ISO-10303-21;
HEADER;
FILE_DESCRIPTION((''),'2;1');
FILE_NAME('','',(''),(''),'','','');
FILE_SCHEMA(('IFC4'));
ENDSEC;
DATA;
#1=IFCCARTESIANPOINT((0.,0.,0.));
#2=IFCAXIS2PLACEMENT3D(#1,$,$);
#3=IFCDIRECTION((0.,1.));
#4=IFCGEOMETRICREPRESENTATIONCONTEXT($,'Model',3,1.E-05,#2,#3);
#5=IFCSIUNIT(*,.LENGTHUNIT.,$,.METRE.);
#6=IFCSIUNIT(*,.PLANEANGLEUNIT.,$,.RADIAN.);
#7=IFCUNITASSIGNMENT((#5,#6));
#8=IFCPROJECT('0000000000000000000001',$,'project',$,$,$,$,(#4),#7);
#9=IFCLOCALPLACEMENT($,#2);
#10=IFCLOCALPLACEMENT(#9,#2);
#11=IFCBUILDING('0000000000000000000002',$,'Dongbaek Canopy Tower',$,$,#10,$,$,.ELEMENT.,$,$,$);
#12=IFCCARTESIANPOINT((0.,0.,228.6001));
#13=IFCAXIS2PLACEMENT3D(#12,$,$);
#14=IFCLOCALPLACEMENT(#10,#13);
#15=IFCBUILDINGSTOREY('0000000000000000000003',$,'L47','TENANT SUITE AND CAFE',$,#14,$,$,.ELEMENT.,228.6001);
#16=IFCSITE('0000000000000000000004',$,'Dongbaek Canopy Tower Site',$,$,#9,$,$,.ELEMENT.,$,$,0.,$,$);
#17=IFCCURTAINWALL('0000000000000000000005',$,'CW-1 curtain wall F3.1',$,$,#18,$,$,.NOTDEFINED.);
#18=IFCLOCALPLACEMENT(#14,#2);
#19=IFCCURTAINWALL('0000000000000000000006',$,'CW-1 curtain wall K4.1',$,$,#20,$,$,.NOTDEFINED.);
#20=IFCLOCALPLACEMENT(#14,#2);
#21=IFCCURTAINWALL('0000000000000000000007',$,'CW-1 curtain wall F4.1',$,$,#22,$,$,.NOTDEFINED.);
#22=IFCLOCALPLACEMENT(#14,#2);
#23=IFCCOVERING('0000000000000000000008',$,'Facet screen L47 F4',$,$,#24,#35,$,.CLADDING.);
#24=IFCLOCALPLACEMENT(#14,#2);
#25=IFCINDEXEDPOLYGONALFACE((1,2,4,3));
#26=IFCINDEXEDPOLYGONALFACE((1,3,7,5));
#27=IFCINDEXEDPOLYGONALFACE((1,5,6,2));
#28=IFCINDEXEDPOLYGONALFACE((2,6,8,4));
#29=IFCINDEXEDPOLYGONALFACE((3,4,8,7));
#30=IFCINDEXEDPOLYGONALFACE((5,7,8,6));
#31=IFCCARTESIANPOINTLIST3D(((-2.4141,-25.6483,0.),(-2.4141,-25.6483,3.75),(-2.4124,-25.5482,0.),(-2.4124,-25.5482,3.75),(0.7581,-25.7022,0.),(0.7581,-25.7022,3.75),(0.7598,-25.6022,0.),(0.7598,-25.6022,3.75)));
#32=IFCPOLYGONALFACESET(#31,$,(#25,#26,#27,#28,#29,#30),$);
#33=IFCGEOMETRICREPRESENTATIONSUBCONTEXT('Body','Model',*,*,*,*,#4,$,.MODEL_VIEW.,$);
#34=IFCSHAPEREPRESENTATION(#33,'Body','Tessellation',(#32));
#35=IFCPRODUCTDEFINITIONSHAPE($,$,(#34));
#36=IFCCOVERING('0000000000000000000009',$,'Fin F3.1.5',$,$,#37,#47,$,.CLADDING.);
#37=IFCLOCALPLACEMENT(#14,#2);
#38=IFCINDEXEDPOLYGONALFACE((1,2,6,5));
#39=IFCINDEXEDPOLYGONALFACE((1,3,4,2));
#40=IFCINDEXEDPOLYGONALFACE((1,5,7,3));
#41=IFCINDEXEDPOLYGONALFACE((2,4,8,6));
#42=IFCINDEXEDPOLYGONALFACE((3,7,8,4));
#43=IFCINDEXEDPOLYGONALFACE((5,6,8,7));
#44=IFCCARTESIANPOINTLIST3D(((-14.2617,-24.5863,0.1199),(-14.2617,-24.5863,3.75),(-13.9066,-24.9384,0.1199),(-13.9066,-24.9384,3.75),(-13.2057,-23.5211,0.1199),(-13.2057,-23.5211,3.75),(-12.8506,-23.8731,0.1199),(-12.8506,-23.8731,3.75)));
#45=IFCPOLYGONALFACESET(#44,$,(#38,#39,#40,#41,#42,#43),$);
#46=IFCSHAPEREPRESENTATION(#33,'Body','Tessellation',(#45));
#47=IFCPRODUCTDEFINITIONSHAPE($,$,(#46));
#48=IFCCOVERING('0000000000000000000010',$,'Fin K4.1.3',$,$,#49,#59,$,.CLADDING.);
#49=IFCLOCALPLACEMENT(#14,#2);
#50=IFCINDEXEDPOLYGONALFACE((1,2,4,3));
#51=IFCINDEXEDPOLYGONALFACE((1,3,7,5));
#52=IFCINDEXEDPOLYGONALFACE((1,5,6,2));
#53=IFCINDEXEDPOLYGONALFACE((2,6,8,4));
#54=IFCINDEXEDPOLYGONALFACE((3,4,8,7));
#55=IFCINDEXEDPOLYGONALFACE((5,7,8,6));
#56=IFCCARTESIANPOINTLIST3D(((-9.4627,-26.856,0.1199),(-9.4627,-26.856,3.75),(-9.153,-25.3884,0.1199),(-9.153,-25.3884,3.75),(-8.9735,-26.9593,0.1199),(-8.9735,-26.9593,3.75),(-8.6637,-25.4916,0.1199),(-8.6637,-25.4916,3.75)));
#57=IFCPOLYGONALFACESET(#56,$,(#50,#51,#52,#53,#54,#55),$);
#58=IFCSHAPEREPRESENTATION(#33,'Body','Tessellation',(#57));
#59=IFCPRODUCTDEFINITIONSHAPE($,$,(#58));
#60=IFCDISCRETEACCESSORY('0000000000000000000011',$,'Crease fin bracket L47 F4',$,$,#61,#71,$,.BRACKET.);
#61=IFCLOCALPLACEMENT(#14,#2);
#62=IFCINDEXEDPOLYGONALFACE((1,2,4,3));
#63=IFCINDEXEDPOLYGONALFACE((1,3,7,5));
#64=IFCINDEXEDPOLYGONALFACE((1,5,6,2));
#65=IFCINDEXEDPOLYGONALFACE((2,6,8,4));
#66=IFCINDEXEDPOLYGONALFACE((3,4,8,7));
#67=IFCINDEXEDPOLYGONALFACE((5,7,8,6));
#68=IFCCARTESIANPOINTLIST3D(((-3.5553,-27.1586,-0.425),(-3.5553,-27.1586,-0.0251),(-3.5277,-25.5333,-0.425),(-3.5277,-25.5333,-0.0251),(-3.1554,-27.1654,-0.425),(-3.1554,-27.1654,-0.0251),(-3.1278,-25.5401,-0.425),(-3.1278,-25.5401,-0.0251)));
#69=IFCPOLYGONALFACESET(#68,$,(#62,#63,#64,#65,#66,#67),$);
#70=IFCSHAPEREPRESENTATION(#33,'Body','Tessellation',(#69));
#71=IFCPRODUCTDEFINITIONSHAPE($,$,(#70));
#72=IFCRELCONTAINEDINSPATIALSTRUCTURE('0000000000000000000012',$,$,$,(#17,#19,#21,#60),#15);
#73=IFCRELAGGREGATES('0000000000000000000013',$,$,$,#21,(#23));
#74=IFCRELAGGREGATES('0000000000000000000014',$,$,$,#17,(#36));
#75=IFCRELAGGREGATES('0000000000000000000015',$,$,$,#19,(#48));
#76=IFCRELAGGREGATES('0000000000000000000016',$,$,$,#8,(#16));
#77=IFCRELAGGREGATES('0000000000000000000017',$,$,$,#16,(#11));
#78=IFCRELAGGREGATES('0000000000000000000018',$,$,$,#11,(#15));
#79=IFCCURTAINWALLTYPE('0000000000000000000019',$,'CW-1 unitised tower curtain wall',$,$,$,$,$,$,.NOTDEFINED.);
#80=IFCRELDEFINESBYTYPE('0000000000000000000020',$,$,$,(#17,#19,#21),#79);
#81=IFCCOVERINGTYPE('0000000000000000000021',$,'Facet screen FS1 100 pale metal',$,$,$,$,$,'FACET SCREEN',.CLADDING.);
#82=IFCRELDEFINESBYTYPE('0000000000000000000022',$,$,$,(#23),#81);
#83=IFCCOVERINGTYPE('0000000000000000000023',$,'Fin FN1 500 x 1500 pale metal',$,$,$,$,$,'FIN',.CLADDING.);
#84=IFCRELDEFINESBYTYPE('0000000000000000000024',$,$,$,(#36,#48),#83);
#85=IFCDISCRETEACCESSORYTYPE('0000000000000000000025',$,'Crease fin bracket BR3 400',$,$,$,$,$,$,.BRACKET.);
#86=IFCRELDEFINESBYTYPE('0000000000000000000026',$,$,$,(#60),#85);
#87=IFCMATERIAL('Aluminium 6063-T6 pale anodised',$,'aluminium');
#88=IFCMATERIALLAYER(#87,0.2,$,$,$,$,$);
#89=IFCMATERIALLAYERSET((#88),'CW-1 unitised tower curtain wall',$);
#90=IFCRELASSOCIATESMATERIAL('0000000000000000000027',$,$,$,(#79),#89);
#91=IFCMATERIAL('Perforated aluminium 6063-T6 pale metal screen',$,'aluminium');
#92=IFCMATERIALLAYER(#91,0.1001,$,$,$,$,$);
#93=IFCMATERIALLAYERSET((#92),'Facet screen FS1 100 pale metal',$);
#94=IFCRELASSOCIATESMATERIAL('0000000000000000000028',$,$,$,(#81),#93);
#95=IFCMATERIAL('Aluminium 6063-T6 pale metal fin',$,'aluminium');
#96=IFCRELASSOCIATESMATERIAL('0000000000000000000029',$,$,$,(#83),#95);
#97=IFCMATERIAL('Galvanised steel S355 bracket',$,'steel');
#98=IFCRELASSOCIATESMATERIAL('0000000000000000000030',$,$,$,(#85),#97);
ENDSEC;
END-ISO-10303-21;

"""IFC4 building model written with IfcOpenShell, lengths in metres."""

from ifc_helpers import new_model, si_unit, direction, frame, origin, origin_2d, place, context, subcontext, project, spatial, rectangle, extrude, material, layer, layer_set, material_profile, profile_set, type_object, element, aggregate, save


model = new_model("IFC4")

# Units and contexts
model_context = context("Model", 3, precision=1e-05, world=origin(), true_north=direction((0.0, 1.0)))
body_context = subcontext(model_context, "Body", "Model", "MODEL_VIEW")
ifc_project = project(units=[si_unit("LENGTHUNIT", "METRE"), si_unit("PLANEANGLEUNIT", "RADIAN")], contexts=[model_context])

# Site, building, storey
site_placement = place(None, origin())
site = spatial("IfcSite", under=ifc_project, at=site_placement, Name="Dongbaek Canopy Tower Site", CompositionType="ELEMENT", RefElevation=0.0)
building_placement = place(site_placement, origin())
building = spatial("IfcBuilding", under=site, at=building_placement, Name="Dongbaek Canopy Tower", CompositionType="ELEMENT")
storey_placement = place(building_placement, frame((0.0, 0.0, 228.6001)))
storey = spatial("IfcBuildingStorey", under=building, at=storey_placement, Name="L47", Description="TENANT SUITE AND CAFE", CompositionType="ELEMENT", Elevation=228.6001)

# Curtain wall
ifc_material_1 = material(Name="Aluminium 6063-T6 pale anodised", Category="aluminium")
ifc_layer_1 = layer(ifc_material_1, 0.2)
ifc_layer_set_1 = layer_set([ifc_layer_1], Name="CW-1 unitised tower curtain wall")
curtain_wall_type = type_object("IfcCurtainWallType", Name="CW-1 unitised tower curtain wall", PredefinedType="NOTDEFINED", material=ifc_layer_set_1)
curtain_wall_1_placement = place(storey_placement, origin())
curtain_wall_1 = element("IfcCurtainWall", 1, at=curtain_wall_1_placement, inside=storey, type_object=curtain_wall_type, Name="CW-1 curtain wall F3.1", PredefinedType="NOTDEFINED")

# Curtain walls
curtain_wall_2_placement = place(storey_placement, origin())
curtain_wall_2 = element("IfcCurtainWall", 2, at=curtain_wall_2_placement, inside=storey, type_object=curtain_wall_type, Name="CW-1 curtain wall K4.1", PredefinedType="NOTDEFINED")
curtain_wall_3_placement = place(storey_placement, origin())
curtain_wall_3 = element("IfcCurtainWall", 3, at=curtain_wall_3_placement, inside=storey, type_object=curtain_wall_type, Name="CW-1 curtain wall F4.1", PredefinedType="NOTDEFINED")

# Coverings
ifc_material_2 = material(Name="Perforated aluminium 6063-T6 pale metal screen", Category="aluminium")
ifc_layer_2 = layer(ifc_material_2, 0.1001)
ifc_layer_set_2 = layer_set([ifc_layer_2], Name="Facet screen FS1 100 pale metal")
covering_type_1 = type_object("IfcCoveringType", Name="Facet screen FS1 100 pale metal", ElementType="FACET SCREEN", PredefinedType="CLADDING", material=ifc_layer_set_2)
covering_1_placement = place(storey_placement, frame((-0.8271, -25.6252, 0.0), z_axis=(0.0, 0.0, 1.0), x_axis=(0.999856, -0.016993, 0.0)))
covering_1 = element("IfcCovering", 4, at=covering_1_placement, type_object=covering_type_1, Name="Facet screen L47 F4", PredefinedType="CLADDING", context=body_context, shape_type="SweptSolid", body=[
    extrude(rectangle(XDim=3.1726, YDim=0.1001, at=origin_2d()), origin(), (0.0, 0.0, 1.0), 3.75),
])
aggregate(curtain_wall_3, [covering_1])
ifc_material_3 = material(Name="Aluminium 6063-T6 pale metal fin", Category="aluminium")
ifc_material_profile_1 = material_profile(ifc_material_3, rectangle(XDim=1.5, YDim=0.5, at=origin_2d()), Name="Fin FN1 500 x 1500 pale metal")
ifc_profile_set_1 = profile_set([ifc_material_profile_1], Name="Aluminium 6063-T6 pale metal fin")
covering_type_2 = type_object("IfcCoveringType", Name="Fin FN1 500 x 1500 pale metal", ElementType="FIN", PredefinedType="CLADDING", material=ifc_profile_set_1)
covering_2_placement = place(storey_placement, frame((-13.5562, -24.2297, 0.1199), z_axis=(0.0, 0.0, 1.0), x_axis=(-0.704038, -0.710162, 0.0)))
covering_2 = element("IfcCovering", 5, at=covering_2_placement, type_object=covering_type_2, Name="Fin F3.1.5", PredefinedType="CLADDING", context=body_context, shape_type="SweptSolid", body=[
    extrude(rectangle(XDim=1.5, YDim=0.5, at=origin_2d()), origin(), (0.0, 0.0, 1.0), 3.6301),
])
aggregate(curtain_wall_1, [covering_2])
covering_3_placement = place(storey_placement, frame((-9.0632, -26.1738, 0.1199), z_axis=(0.0, 0.0, 1.0), x_axis=(-0.206516, -0.978443, 0.0)))
covering_3 = element("IfcCovering", 6, at=covering_3_placement, type_object=covering_type_2, Name="Fin K4.1.3", PredefinedType="CLADDING", context=body_context, shape_type="SweptSolid", body=[
    extrude(rectangle(XDim=1.5, YDim=0.5, at=origin_2d()), origin(), (0.0, 0.0, 1.0), 3.6301),
])
aggregate(curtain_wall_2, [covering_3])

# Discrete accessory
ifc_material_4 = material(Name="Galvanised steel S355 bracket", Category="steel")
discrete_accessory_type = type_object("IfcDiscreteAccessoryType", Name="Crease fin bracket BR3 400", PredefinedType="BRACKET", material=ifc_material_4)
discrete_accessory_placement = place(storey_placement, frame((-3.3416, -26.3494, -0.425), z_axis=(0.0, 0.0, 1.0), x_axis=(-0.016993, -0.999856, 0.0)))
element("IfcDiscreteAccessory", 7, at=discrete_accessory_placement, inside=storey, type_object=discrete_accessory_type, Name="Crease fin bracket L47 F4", PredefinedType="BRACKET", context=body_context, shape_type="SweptSolid", body=[
    extrude(rectangle(XDim=1.6255, YDim=0.3999, at=origin_2d()), origin(), (0.0, 0.0, 1.0), 0.3999),
])

save(model, "model.ifc")
